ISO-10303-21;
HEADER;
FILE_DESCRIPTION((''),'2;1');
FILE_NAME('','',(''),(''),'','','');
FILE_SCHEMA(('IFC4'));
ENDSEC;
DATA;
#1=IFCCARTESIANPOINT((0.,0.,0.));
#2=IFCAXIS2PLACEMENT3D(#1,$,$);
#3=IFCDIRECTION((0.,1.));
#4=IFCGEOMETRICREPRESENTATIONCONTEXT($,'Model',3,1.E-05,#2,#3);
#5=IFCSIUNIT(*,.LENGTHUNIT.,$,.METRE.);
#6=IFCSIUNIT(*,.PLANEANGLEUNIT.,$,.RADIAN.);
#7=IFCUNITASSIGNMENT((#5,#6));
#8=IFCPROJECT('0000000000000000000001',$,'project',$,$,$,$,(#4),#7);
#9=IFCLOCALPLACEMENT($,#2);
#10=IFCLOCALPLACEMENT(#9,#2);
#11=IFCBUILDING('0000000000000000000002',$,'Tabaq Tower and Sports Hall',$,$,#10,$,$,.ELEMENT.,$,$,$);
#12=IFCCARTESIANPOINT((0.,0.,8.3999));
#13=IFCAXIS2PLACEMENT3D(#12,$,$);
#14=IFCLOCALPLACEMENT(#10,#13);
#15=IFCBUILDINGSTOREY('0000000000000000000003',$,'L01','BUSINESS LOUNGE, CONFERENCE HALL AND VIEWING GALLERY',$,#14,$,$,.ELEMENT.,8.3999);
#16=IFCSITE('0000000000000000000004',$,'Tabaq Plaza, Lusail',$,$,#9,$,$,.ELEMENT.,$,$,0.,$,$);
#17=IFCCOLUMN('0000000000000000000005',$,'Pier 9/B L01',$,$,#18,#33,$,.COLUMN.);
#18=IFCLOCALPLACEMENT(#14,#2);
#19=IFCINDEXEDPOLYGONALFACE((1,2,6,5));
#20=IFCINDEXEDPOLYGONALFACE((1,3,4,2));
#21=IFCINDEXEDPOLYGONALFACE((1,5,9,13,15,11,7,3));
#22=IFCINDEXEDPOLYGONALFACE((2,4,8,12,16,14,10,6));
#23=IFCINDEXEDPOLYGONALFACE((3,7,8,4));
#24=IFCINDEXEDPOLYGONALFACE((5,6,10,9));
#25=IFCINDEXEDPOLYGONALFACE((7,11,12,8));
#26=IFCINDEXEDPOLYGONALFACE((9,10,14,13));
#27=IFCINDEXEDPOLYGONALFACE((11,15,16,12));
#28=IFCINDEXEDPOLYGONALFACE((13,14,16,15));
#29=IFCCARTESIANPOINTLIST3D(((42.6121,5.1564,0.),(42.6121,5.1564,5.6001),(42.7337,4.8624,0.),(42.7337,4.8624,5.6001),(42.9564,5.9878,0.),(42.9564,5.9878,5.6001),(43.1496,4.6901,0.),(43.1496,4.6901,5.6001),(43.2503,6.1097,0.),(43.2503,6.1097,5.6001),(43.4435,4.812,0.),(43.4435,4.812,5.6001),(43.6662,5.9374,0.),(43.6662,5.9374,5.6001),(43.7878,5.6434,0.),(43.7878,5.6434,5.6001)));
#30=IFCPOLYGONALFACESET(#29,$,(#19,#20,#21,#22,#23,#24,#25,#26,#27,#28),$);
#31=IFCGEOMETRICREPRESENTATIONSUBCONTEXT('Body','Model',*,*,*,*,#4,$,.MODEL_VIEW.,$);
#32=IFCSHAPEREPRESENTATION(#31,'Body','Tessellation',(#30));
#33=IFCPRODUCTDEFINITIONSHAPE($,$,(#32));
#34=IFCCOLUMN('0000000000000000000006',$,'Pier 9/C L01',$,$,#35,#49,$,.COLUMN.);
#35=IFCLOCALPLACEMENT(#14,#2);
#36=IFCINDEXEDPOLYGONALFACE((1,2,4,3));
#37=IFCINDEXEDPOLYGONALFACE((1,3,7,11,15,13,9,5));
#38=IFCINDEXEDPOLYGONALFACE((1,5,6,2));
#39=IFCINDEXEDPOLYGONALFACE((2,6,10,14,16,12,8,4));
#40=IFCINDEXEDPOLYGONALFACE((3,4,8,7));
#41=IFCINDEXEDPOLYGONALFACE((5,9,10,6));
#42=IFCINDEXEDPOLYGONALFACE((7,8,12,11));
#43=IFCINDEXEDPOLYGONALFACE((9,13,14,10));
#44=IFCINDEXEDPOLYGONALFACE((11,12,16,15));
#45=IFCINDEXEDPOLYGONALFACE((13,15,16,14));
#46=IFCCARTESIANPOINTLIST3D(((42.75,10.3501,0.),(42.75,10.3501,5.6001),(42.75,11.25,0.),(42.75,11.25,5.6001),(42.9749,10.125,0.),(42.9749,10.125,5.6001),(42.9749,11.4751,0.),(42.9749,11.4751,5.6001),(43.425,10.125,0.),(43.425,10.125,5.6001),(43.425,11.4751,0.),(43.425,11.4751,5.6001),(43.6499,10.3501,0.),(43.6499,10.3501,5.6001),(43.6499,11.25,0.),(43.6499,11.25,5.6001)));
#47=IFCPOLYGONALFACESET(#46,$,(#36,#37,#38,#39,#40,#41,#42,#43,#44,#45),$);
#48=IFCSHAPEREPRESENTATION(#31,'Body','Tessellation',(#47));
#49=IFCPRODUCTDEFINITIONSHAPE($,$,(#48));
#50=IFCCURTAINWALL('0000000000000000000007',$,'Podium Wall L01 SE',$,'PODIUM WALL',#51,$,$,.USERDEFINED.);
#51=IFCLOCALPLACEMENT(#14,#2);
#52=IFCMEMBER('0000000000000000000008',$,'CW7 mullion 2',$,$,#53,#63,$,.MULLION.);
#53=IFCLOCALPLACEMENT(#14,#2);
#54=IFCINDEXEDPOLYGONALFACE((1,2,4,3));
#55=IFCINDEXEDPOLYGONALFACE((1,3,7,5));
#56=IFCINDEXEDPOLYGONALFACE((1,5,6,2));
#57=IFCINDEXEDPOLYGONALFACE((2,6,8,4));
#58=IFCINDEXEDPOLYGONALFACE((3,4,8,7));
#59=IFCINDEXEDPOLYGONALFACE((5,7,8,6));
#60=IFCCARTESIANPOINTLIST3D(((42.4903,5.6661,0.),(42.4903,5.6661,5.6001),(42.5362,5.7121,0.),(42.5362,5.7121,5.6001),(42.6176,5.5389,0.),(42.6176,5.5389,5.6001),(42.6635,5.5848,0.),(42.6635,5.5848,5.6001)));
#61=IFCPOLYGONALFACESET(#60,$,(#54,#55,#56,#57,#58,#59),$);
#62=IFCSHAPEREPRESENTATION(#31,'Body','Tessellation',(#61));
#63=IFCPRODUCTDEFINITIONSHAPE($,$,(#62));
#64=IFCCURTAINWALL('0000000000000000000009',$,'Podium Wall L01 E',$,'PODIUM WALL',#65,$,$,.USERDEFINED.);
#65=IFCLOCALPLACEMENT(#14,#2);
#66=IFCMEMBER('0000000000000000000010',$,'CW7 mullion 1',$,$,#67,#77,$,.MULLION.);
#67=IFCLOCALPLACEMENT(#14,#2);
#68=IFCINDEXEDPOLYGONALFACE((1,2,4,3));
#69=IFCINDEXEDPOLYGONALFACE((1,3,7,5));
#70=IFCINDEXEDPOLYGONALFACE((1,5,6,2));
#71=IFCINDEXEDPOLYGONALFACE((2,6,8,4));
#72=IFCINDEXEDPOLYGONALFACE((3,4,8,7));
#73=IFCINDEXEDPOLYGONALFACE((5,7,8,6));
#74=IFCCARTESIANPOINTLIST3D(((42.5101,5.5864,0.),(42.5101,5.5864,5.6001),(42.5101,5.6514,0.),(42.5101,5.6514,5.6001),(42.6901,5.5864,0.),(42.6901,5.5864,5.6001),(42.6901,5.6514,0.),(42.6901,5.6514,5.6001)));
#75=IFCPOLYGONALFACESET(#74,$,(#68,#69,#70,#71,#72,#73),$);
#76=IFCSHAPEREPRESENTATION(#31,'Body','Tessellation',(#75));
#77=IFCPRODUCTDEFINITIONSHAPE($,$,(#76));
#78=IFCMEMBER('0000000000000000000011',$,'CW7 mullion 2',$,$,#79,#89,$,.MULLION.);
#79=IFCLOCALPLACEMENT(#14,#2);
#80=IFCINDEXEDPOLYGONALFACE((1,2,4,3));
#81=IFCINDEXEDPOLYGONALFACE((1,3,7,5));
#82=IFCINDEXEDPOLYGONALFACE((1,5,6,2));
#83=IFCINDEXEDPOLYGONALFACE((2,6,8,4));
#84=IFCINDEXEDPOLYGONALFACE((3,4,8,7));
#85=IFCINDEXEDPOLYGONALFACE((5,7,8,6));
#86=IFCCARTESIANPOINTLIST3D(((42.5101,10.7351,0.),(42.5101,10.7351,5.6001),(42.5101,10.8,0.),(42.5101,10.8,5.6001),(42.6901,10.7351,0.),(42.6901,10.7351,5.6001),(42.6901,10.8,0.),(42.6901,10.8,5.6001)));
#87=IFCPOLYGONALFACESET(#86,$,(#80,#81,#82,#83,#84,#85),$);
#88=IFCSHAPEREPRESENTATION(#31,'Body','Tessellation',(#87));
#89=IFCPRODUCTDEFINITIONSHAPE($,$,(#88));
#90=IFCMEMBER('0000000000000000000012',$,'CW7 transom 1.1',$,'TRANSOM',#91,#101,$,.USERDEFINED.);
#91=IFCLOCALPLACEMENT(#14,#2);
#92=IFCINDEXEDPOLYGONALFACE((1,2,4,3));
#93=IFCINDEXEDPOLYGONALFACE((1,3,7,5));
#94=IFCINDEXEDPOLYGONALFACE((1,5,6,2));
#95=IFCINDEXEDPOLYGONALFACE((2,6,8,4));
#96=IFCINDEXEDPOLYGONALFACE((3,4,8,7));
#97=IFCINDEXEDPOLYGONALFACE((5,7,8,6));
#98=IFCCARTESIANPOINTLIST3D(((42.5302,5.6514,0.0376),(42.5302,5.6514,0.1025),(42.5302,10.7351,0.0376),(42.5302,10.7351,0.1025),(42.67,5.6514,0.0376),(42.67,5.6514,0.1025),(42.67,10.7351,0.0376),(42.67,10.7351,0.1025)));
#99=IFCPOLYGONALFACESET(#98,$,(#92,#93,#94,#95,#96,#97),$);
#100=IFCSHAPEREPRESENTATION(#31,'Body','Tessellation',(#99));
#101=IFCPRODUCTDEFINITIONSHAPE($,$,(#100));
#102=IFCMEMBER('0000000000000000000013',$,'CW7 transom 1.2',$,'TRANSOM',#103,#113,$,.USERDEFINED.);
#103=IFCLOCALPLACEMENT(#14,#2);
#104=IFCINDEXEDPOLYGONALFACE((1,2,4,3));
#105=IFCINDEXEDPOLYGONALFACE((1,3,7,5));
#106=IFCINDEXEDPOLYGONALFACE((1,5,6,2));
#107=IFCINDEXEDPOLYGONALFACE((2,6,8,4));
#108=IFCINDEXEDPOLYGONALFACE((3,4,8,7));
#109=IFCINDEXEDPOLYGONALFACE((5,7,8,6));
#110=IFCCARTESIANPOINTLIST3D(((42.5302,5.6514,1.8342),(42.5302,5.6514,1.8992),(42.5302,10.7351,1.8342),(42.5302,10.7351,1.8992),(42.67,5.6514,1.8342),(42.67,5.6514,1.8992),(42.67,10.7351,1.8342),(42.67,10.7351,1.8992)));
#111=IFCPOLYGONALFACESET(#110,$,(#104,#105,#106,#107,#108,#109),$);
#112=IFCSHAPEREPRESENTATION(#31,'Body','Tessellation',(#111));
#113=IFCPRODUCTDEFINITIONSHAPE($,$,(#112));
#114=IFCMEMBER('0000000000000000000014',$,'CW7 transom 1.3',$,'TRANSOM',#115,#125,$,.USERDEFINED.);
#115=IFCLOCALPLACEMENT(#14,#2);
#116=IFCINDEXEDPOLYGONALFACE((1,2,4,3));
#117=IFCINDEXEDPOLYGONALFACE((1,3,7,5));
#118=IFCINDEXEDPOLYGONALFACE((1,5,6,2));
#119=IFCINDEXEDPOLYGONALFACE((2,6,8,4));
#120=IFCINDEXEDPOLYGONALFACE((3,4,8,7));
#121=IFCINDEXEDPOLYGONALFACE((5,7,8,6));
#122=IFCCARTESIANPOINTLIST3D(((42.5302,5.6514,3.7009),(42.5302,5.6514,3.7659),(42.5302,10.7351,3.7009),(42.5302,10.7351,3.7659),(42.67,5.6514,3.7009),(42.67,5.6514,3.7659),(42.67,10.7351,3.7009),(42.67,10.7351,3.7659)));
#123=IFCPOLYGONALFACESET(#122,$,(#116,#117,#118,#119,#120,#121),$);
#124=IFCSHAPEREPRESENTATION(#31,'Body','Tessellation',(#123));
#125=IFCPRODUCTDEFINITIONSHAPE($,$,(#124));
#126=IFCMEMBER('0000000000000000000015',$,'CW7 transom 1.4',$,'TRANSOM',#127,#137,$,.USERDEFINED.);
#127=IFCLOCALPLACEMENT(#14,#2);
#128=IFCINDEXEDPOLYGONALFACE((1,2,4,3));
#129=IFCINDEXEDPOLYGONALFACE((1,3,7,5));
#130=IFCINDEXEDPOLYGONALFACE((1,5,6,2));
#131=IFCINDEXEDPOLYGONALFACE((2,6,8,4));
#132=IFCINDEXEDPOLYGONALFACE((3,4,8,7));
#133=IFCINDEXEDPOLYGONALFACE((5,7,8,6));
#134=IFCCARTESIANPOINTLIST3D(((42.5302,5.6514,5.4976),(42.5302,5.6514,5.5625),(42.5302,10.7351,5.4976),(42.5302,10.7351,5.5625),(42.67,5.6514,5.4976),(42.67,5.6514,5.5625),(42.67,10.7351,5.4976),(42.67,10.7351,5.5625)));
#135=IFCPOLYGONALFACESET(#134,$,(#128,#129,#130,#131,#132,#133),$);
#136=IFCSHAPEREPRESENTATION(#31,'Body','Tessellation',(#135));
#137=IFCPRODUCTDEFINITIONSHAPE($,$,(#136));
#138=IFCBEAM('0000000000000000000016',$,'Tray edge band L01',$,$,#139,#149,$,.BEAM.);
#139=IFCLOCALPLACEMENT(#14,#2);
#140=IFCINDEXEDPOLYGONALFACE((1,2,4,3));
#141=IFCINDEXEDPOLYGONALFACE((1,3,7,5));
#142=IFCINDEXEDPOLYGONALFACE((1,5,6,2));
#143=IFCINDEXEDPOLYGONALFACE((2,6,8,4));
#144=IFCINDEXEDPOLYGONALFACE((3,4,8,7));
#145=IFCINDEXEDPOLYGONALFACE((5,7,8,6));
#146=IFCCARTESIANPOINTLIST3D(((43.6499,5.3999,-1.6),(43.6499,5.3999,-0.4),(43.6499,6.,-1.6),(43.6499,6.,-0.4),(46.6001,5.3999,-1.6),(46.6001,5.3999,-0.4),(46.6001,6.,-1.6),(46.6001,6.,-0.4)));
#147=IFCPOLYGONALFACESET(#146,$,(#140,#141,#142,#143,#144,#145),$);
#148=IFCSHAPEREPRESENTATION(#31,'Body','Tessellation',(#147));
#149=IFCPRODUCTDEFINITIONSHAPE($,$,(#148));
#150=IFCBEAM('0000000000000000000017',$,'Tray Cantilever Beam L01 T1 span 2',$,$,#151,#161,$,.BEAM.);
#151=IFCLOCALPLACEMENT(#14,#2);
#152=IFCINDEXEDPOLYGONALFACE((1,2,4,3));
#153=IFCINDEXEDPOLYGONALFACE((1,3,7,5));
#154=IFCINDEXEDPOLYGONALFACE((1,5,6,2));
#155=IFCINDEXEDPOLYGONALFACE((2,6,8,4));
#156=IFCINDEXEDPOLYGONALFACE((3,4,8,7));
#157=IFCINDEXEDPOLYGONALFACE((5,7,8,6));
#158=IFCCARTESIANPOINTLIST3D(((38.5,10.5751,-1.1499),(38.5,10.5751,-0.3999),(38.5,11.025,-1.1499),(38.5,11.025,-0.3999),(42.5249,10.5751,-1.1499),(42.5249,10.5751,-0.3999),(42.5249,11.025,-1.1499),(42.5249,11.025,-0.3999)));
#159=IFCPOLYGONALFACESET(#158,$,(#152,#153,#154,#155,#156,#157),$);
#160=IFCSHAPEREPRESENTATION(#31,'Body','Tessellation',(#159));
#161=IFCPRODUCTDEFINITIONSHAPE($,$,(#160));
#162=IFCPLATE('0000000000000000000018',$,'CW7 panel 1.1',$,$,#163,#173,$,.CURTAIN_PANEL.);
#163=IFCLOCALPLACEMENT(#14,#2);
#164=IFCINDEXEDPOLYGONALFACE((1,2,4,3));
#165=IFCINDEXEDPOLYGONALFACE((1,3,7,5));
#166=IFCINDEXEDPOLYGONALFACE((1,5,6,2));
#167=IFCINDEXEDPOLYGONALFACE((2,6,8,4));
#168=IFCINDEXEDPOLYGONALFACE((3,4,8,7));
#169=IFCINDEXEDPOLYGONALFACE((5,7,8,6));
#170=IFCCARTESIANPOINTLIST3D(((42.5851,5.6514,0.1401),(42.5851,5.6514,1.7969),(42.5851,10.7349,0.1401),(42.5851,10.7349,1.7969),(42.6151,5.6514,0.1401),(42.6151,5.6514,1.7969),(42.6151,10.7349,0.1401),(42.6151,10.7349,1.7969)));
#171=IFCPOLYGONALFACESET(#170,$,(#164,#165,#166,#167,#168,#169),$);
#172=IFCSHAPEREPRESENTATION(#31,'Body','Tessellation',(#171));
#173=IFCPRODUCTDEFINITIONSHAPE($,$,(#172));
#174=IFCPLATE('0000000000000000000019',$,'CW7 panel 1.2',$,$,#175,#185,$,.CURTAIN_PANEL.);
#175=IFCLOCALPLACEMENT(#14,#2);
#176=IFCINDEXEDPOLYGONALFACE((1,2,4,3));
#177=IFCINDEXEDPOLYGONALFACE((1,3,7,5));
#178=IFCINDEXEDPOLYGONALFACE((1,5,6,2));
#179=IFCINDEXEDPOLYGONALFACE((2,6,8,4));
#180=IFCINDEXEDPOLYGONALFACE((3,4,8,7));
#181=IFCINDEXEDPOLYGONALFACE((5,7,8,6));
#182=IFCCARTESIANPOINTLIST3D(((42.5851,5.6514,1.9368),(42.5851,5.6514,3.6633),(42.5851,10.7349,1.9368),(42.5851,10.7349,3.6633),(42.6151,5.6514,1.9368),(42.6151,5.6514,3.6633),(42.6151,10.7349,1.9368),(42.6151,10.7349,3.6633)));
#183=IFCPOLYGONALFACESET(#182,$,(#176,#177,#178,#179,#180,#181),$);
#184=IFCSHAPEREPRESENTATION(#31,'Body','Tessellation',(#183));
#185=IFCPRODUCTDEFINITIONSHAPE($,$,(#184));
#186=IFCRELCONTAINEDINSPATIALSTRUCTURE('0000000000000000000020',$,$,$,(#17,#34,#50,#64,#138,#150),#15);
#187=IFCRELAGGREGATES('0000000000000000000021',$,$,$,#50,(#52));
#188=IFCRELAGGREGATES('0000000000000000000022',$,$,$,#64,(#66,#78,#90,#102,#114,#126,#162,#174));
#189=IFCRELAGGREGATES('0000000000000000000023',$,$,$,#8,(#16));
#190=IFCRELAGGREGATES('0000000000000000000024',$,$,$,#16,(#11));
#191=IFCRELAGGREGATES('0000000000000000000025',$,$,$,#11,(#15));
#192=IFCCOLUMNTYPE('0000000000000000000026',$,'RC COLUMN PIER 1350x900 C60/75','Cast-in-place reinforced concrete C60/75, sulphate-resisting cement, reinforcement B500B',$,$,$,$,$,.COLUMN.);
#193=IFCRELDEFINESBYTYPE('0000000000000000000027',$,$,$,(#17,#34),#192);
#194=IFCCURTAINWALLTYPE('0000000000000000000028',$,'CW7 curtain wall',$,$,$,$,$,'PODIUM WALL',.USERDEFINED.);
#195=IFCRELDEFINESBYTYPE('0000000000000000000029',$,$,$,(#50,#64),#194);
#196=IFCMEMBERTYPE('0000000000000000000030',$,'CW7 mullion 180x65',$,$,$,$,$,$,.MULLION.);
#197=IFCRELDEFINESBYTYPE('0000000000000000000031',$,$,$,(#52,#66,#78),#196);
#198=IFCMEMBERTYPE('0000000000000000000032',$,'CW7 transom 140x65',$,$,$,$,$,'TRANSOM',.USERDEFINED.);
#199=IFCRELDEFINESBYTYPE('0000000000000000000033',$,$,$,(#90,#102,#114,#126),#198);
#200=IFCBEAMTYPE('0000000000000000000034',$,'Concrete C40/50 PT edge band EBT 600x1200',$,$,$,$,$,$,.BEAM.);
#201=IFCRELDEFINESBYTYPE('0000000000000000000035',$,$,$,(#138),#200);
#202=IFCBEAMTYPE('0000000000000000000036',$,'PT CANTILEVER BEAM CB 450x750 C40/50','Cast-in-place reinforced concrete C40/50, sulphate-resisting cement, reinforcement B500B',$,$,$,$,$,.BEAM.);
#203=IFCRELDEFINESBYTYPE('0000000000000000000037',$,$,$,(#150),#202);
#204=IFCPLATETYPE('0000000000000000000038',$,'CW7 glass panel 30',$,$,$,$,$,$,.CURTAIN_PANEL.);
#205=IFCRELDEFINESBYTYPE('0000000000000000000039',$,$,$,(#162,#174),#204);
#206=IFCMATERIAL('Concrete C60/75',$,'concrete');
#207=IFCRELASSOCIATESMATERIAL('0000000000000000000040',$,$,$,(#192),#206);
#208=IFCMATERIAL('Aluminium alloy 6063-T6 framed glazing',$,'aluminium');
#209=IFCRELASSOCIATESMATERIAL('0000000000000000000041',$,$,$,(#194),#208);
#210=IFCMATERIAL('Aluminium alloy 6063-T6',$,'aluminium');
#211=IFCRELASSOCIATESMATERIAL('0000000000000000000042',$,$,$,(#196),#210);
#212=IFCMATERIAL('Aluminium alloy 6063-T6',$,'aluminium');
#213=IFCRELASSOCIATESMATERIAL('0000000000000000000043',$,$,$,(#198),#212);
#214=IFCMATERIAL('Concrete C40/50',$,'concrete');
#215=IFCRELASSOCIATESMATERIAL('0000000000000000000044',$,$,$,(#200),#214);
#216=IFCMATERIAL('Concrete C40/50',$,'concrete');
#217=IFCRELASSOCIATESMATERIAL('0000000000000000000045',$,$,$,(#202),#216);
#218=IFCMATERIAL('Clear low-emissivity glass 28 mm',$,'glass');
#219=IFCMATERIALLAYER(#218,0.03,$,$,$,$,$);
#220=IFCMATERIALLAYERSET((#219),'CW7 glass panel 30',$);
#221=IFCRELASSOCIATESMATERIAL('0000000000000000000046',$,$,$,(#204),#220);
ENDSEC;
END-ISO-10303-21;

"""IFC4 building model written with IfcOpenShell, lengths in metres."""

from ifc_helpers import new_model, si_unit, direction, frame, origin, origin_2d, place, context, subcontext, project, spatial, polyline, rectangle, outline, extrude, material, layer, layer_set, material_profile, profile_set, type_object, element, aggregate, save


model = new_model("IFC4")

# Units and contexts
model_context = context("Model", 3, precision=1e-05, world=origin(), true_north=direction((0.0, 1.0)))
body_context = subcontext(model_context, "Body", "Model", "MODEL_VIEW")
ifc_project = project(units=[si_unit("LENGTHUNIT", "METRE"), si_unit("PLANEANGLEUNIT", "RADIAN")], contexts=[model_context])

# Site, building, storey
site_placement = place(None, origin())
site = spatial("IfcSite", under=ifc_project, at=site_placement, Name="Tabaq Plaza, Lusail", CompositionType="ELEMENT", RefElevation=0.0)
building_placement = place(site_placement, origin())
building = spatial("IfcBuilding", under=site, at=building_placement, Name="Tabaq Tower and Sports Hall", CompositionType="ELEMENT")
storey_placement = place(building_placement, frame((0.0, 0.0, 8.3999)))
storey = spatial("IfcBuildingStorey", under=building, at=storey_placement, Name="L01", Description="BUSINESS LOUNGE, CONFERENCE HALL AND VIEWING GALLERY", CompositionType="ELEMENT", Elevation=8.3999)

# Columns
ifc_material_1 = material(Name="Concrete C60/75", Category="concrete")
ifc_material_profile_1 = material_profile(ifc_material_1, outline(polyline([(-0.45, -0.45), (0.45, -0.45), (0.675, -0.2251), (0.675, 0.2251), (0.45, 0.45), (-0.45, 0.45), (-0.675, 0.2251), (-0.675, -0.2251), (-0.45, -0.45)])), Name="PIER 1350x900")
ifc_profile_set_1 = profile_set([ifc_material_profile_1], Name="Concrete C60/75")
column_type = type_object("IfcColumnType", Name="RC COLUMN PIER 1350x900 C60/75", Description="Cast-in-place reinforced concrete C60/75, sulphate-resisting cement, reinforcement B500B", PredefinedType="COLUMN", material=ifc_profile_set_1)
for number, where, z_axis, x_axis, name in (
    (1, (43.2, 5.3999, 0.0), (0.0, 0.0, 1.0), (0.382683, 0.92388, 0.0), "Pier 9/B L01"),
    (2, (43.2, 10.8, 0.0), (0.0, 0.0, 1.0), (0.0, 1.0, 0.0), "Pier 9/C L01"),
):
    element("IfcColumn", number, at=place(storey_placement, frame(where, z_axis=z_axis, x_axis=x_axis)), inside=storey, type_object=column_type, Name=name, PredefinedType="COLUMN", context=body_context, shape_type="SweptSolid", body=[
        extrude(outline(polyline([(-0.45, -0.45), (0.45, -0.45), (0.675, -0.2251), (0.675, 0.2251), (0.45, 0.45), (-0.45, 0.45), (-0.675, 0.2251), (-0.675, -0.2251), (-0.45, -0.45)])), origin(), (0.0, 0.0, 1.0), 5.6001),
    ])

# Curtain wall, member
ifc_material_2 = material(Name="Aluminium alloy 6063-T6 framed glazing", Category="aluminium")
curtain_wall_type = type_object("IfcCurtainWallType", Name="CW7 curtain wall", ElementType="PODIUM WALL", PredefinedType="USERDEFINED", material=ifc_material_2)
curtain_wall_1_placement = place(storey_placement, origin())
curtain_wall_1 = element("IfcCurtainWall", 3, at=curtain_wall_1_placement, inside=storey, type_object=curtain_wall_type, Name="Podium Wall L01 SE", ObjectType="PODIUM WALL", PredefinedType="USERDEFINED")
ifc_material_3 = material(Name="Aluminium alloy 6063-T6", Category="aluminium")
ifc_material_profile_2 = material_profile(ifc_material_3, rectangle(XDim=0.1799, YDim=0.0649, at=origin_2d()), Name="MULLION 180x65")
ifc_profile_set_2 = profile_set([ifc_material_profile_2], Name="Aluminium alloy 6063-T6")
member_type_1 = type_object("IfcMemberType", Name="CW7 mullion 180x65", PredefinedType="MULLION", material=ifc_profile_set_2)
member_1_placement = place(storey_placement, frame((42.5769, 5.6255, 0.0), z_axis=(0.0, 0.0, 1.0), x_axis=(-0.707107, 0.707107, 0.0)))
member_1 = element("IfcMember", 4, at=member_1_placement, type_object=member_type_1, Name="CW7 mullion 2", PredefinedType="MULLION", context=body_context, shape_type="SweptSolid", body=[
    extrude(rectangle(XDim=0.1799, YDim=0.0649, at=origin_2d()), origin(), (0.0, 0.0, 1.0), 5.6001),
])
aggregate(curtain_wall_1, [member_1])

# Curtain wall, members
curtain_wall_2_placement = place(storey_placement, origin())
curtain_wall_2 = element("IfcCurtainWall", 5, at=curtain_wall_2_placement, inside=storey, type_object=curtain_wall_type, Name="Podium Wall L01 E", ObjectType="PODIUM WALL", PredefinedType="USERDEFINED")
member_2_placement = place(storey_placement, frame((42.6001, 5.6189, 0.0), z_axis=(0.0, 0.0, 1.0), x_axis=(-1.0, 0.0, 0.0)))
member_2 = element("IfcMember", 6, at=member_2_placement, type_object=member_type_1, Name="CW7 mullion 1", PredefinedType="MULLION", context=body_context, shape_type="SweptSolid", body=[
    extrude(rectangle(XDim=0.1799, YDim=0.0649, at=origin_2d()), origin(), (0.0, 0.0, 1.0), 5.6001),
])
member_3_placement = place(storey_placement, frame((42.6001, 10.7676, 0.0), z_axis=(0.0, 0.0, 1.0), x_axis=(-1.0, 0.0, 0.0)))
member_3 = element("IfcMember", 7, at=member_3_placement, type_object=member_type_1, Name="CW7 mullion 2", PredefinedType="MULLION", context=body_context, shape_type="SweptSolid", body=[
    extrude(rectangle(XDim=0.1799, YDim=0.0649, at=origin_2d()), origin(), (0.0, 0.0, 1.0), 5.6001),
])
ifc_material_4 = material(Name="Aluminium alloy 6063-T6", Category="aluminium")
ifc_material_profile_3 = material_profile(ifc_material_4, rectangle(XDim=0.1399, YDim=0.0649, at=origin_2d()), Name="TRANSOM 140x65")
ifc_profile_set_3 = profile_set([ifc_material_profile_3], Name="Aluminium alloy 6063-T6")
member_type_2 = type_object("IfcMemberType", Name="CW7 transom 140x65", ElementType="TRANSOM", PredefinedType="USERDEFINED", material=ifc_profile_set_3)
member_4_placement = place(storey_placement, frame((42.6001, 5.6514, 0.0701), z_axis=(0.0, 1.0, 0.0), x_axis=(-1.0, 0.0, 0.0)))
member_4 = element("IfcMember", 8, at=member_4_placement, type_object=member_type_2, Name="CW7 transom 1.1", ObjectType="TRANSOM", PredefinedType="USERDEFINED", context=body_context, shape_type="SweptSolid", body=[
    extrude(rectangle(XDim=0.1399, YDim=0.0649, at=origin_2d()), origin(), (0.0, 0.0, 1.0), 5.0837),
])
member_5_placement = place(storey_placement, frame((42.6001, 5.6514, 1.8667), z_axis=(0.0, 1.0, 0.0), x_axis=(-1.0, 0.0, 0.0)))
member_5 = element("IfcMember", 9, at=member_5_placement, type_object=member_type_2, Name="CW7 transom 1.2", ObjectType="TRANSOM", PredefinedType="USERDEFINED", context=body_context, shape_type="SweptSolid", body=[
    extrude(rectangle(XDim=0.1399, YDim=0.0649, at=origin_2d()), origin(), (0.0, 0.0, 1.0), 5.0837),
])
member_6_placement = place(storey_placement, frame((42.6001, 5.6514, 3.7334), z_axis=(0.0, 1.0, 0.0), x_axis=(-1.0, 0.0, 0.0)))
member_6 = element("IfcMember", 10, at=member_6_placement, type_object=member_type_2, Name="CW7 transom 1.3", ObjectType="TRANSOM", PredefinedType="USERDEFINED", context=body_context, shape_type="SweptSolid", body=[
    extrude(rectangle(XDim=0.1399, YDim=0.0649, at=origin_2d()), origin(), (0.0, 0.0, 1.0), 5.0837),
])
member_7_placement = place(storey_placement, frame((42.6001, 5.6514, 5.53), z_axis=(0.0, 1.0, 0.0), x_axis=(-1.0, 0.0, 0.0)))
member_7 = element("IfcMember", 11, at=member_7_placement, type_object=member_type_2, Name="CW7 transom 1.4", ObjectType="TRANSOM", PredefinedType="USERDEFINED", context=body_context, shape_type="SweptSolid", body=[
    extrude(rectangle(XDim=0.1399, YDim=0.0649, at=origin_2d()), origin(), (0.0, 0.0, 1.0), 5.0837),
])

# Beams
ifc_material_5 = material(Name="Concrete C40/50", Category="concrete")
ifc_material_profile_4 = material_profile(ifc_material_5, rectangle(XDim=0.6001, YDim=1.2, at=origin_2d()), Name="EBT 600x1200")
ifc_profile_set_4 = profile_set([ifc_material_profile_4], Name="Concrete C40/50")
beam_type_1 = type_object("IfcBeamType", Name="Concrete C40/50 PT edge band EBT 600x1200", PredefinedType="BEAM", material=ifc_profile_set_4)
beam_1_placement = place(storey_placement, frame((43.6499, 5.7, -1.0), z_axis=(1.0, 0.0, 0.0), x_axis=(0.0, 1.0, 0.0)))
element("IfcBeam", 12, at=beam_1_placement, inside=storey, type_object=beam_type_1, Name="Tray edge band L01", PredefinedType="BEAM", context=body_context, shape_type="SweptSolid", body=[
    extrude(rectangle(XDim=0.6001, YDim=1.2, at=origin_2d()), origin(), (0.0, 0.0, 1.0), 2.9502),
])
ifc_material_6 = material(Name="Concrete C40/50", Category="concrete")
ifc_material_profile_5 = material_profile(ifc_material_6, rectangle(XDim=0.45, YDim=0.75, at=origin_2d()), Name="CB 450x750")
ifc_profile_set_5 = profile_set([ifc_material_profile_5], Name="Concrete C40/50")
beam_type_2 = type_object("IfcBeamType", Name="PT CANTILEVER BEAM CB 450x750 C40/50", Description="Cast-in-place reinforced concrete C40/50, sulphate-resisting cement, reinforcement B500B", PredefinedType="BEAM", material=ifc_profile_set_5)
beam_2_placement = place(storey_placement, frame((42.5249, 10.8, -0.7749), z_axis=(-1.0, 0.0, 0.0), x_axis=(0.0, -1.0, 0.0)))
element("IfcBeam", 13, at=beam_2_placement, inside=storey, type_object=beam_type_2, Name="Tray Cantilever Beam L01 T1 span 2", PredefinedType="BEAM", context=body_context, shape_type="SweptSolid", body=[
    extrude(rectangle(XDim=0.45, YDim=0.75, at=origin_2d()), origin(), (0.0, 0.0, 1.0), 4.0249),
])

# Plates
ifc_material_7 = material(Name="Clear low-emissivity glass 28 mm", Category="glass")
ifc_layer_1 = layer(ifc_material_7, 0.03)
ifc_layer_set_1 = layer_set([ifc_layer_1], Name="CW7 glass panel 30")
plate_type_1 = type_object("IfcPlateType", Name="CW7 glass panel 30", PredefinedType="CURTAIN_PANEL", material=ifc_layer_set_1)
plate_1_placement = place(storey_placement, frame((42.6001, 8.1931, 0.1401), z_axis=(0.0, 0.0, 1.0), x_axis=(0.0, 1.0, 0.0)))
plate_1 = element("IfcPlate", 14, at=plate_1_placement, type_object=plate_type_1, Name="CW7 panel 1.1", PredefinedType="CURTAIN_PANEL", context=body_context, shape_type="SweptSolid", body=[
    extrude(rectangle(XDim=5.0835, YDim=0.03, at=origin_2d()), origin(), (0.0, 0.0, 1.0), 1.6567),
])
plate_2_placement = place(storey_placement, frame((42.6001, 8.1931, 1.9368), z_axis=(0.0, 0.0, 1.0), x_axis=(0.0, 1.0, 0.0)))
plate_2 = element("IfcPlate", 15, at=plate_2_placement, type_object=plate_type_1, Name="CW7 panel 1.2", PredefinedType="CURTAIN_PANEL", context=body_context, shape_type="SweptSolid", body=[
    extrude(rectangle(XDim=5.0835, YDim=0.03, at=origin_2d()), origin(), (0.0, 0.0, 1.0), 1.7266),
])
aggregate(curtain_wall_2, [member_2, member_3, member_4, member_5, member_6, member_7, plate_1, plate_2])

save(model, "model.ifc")
